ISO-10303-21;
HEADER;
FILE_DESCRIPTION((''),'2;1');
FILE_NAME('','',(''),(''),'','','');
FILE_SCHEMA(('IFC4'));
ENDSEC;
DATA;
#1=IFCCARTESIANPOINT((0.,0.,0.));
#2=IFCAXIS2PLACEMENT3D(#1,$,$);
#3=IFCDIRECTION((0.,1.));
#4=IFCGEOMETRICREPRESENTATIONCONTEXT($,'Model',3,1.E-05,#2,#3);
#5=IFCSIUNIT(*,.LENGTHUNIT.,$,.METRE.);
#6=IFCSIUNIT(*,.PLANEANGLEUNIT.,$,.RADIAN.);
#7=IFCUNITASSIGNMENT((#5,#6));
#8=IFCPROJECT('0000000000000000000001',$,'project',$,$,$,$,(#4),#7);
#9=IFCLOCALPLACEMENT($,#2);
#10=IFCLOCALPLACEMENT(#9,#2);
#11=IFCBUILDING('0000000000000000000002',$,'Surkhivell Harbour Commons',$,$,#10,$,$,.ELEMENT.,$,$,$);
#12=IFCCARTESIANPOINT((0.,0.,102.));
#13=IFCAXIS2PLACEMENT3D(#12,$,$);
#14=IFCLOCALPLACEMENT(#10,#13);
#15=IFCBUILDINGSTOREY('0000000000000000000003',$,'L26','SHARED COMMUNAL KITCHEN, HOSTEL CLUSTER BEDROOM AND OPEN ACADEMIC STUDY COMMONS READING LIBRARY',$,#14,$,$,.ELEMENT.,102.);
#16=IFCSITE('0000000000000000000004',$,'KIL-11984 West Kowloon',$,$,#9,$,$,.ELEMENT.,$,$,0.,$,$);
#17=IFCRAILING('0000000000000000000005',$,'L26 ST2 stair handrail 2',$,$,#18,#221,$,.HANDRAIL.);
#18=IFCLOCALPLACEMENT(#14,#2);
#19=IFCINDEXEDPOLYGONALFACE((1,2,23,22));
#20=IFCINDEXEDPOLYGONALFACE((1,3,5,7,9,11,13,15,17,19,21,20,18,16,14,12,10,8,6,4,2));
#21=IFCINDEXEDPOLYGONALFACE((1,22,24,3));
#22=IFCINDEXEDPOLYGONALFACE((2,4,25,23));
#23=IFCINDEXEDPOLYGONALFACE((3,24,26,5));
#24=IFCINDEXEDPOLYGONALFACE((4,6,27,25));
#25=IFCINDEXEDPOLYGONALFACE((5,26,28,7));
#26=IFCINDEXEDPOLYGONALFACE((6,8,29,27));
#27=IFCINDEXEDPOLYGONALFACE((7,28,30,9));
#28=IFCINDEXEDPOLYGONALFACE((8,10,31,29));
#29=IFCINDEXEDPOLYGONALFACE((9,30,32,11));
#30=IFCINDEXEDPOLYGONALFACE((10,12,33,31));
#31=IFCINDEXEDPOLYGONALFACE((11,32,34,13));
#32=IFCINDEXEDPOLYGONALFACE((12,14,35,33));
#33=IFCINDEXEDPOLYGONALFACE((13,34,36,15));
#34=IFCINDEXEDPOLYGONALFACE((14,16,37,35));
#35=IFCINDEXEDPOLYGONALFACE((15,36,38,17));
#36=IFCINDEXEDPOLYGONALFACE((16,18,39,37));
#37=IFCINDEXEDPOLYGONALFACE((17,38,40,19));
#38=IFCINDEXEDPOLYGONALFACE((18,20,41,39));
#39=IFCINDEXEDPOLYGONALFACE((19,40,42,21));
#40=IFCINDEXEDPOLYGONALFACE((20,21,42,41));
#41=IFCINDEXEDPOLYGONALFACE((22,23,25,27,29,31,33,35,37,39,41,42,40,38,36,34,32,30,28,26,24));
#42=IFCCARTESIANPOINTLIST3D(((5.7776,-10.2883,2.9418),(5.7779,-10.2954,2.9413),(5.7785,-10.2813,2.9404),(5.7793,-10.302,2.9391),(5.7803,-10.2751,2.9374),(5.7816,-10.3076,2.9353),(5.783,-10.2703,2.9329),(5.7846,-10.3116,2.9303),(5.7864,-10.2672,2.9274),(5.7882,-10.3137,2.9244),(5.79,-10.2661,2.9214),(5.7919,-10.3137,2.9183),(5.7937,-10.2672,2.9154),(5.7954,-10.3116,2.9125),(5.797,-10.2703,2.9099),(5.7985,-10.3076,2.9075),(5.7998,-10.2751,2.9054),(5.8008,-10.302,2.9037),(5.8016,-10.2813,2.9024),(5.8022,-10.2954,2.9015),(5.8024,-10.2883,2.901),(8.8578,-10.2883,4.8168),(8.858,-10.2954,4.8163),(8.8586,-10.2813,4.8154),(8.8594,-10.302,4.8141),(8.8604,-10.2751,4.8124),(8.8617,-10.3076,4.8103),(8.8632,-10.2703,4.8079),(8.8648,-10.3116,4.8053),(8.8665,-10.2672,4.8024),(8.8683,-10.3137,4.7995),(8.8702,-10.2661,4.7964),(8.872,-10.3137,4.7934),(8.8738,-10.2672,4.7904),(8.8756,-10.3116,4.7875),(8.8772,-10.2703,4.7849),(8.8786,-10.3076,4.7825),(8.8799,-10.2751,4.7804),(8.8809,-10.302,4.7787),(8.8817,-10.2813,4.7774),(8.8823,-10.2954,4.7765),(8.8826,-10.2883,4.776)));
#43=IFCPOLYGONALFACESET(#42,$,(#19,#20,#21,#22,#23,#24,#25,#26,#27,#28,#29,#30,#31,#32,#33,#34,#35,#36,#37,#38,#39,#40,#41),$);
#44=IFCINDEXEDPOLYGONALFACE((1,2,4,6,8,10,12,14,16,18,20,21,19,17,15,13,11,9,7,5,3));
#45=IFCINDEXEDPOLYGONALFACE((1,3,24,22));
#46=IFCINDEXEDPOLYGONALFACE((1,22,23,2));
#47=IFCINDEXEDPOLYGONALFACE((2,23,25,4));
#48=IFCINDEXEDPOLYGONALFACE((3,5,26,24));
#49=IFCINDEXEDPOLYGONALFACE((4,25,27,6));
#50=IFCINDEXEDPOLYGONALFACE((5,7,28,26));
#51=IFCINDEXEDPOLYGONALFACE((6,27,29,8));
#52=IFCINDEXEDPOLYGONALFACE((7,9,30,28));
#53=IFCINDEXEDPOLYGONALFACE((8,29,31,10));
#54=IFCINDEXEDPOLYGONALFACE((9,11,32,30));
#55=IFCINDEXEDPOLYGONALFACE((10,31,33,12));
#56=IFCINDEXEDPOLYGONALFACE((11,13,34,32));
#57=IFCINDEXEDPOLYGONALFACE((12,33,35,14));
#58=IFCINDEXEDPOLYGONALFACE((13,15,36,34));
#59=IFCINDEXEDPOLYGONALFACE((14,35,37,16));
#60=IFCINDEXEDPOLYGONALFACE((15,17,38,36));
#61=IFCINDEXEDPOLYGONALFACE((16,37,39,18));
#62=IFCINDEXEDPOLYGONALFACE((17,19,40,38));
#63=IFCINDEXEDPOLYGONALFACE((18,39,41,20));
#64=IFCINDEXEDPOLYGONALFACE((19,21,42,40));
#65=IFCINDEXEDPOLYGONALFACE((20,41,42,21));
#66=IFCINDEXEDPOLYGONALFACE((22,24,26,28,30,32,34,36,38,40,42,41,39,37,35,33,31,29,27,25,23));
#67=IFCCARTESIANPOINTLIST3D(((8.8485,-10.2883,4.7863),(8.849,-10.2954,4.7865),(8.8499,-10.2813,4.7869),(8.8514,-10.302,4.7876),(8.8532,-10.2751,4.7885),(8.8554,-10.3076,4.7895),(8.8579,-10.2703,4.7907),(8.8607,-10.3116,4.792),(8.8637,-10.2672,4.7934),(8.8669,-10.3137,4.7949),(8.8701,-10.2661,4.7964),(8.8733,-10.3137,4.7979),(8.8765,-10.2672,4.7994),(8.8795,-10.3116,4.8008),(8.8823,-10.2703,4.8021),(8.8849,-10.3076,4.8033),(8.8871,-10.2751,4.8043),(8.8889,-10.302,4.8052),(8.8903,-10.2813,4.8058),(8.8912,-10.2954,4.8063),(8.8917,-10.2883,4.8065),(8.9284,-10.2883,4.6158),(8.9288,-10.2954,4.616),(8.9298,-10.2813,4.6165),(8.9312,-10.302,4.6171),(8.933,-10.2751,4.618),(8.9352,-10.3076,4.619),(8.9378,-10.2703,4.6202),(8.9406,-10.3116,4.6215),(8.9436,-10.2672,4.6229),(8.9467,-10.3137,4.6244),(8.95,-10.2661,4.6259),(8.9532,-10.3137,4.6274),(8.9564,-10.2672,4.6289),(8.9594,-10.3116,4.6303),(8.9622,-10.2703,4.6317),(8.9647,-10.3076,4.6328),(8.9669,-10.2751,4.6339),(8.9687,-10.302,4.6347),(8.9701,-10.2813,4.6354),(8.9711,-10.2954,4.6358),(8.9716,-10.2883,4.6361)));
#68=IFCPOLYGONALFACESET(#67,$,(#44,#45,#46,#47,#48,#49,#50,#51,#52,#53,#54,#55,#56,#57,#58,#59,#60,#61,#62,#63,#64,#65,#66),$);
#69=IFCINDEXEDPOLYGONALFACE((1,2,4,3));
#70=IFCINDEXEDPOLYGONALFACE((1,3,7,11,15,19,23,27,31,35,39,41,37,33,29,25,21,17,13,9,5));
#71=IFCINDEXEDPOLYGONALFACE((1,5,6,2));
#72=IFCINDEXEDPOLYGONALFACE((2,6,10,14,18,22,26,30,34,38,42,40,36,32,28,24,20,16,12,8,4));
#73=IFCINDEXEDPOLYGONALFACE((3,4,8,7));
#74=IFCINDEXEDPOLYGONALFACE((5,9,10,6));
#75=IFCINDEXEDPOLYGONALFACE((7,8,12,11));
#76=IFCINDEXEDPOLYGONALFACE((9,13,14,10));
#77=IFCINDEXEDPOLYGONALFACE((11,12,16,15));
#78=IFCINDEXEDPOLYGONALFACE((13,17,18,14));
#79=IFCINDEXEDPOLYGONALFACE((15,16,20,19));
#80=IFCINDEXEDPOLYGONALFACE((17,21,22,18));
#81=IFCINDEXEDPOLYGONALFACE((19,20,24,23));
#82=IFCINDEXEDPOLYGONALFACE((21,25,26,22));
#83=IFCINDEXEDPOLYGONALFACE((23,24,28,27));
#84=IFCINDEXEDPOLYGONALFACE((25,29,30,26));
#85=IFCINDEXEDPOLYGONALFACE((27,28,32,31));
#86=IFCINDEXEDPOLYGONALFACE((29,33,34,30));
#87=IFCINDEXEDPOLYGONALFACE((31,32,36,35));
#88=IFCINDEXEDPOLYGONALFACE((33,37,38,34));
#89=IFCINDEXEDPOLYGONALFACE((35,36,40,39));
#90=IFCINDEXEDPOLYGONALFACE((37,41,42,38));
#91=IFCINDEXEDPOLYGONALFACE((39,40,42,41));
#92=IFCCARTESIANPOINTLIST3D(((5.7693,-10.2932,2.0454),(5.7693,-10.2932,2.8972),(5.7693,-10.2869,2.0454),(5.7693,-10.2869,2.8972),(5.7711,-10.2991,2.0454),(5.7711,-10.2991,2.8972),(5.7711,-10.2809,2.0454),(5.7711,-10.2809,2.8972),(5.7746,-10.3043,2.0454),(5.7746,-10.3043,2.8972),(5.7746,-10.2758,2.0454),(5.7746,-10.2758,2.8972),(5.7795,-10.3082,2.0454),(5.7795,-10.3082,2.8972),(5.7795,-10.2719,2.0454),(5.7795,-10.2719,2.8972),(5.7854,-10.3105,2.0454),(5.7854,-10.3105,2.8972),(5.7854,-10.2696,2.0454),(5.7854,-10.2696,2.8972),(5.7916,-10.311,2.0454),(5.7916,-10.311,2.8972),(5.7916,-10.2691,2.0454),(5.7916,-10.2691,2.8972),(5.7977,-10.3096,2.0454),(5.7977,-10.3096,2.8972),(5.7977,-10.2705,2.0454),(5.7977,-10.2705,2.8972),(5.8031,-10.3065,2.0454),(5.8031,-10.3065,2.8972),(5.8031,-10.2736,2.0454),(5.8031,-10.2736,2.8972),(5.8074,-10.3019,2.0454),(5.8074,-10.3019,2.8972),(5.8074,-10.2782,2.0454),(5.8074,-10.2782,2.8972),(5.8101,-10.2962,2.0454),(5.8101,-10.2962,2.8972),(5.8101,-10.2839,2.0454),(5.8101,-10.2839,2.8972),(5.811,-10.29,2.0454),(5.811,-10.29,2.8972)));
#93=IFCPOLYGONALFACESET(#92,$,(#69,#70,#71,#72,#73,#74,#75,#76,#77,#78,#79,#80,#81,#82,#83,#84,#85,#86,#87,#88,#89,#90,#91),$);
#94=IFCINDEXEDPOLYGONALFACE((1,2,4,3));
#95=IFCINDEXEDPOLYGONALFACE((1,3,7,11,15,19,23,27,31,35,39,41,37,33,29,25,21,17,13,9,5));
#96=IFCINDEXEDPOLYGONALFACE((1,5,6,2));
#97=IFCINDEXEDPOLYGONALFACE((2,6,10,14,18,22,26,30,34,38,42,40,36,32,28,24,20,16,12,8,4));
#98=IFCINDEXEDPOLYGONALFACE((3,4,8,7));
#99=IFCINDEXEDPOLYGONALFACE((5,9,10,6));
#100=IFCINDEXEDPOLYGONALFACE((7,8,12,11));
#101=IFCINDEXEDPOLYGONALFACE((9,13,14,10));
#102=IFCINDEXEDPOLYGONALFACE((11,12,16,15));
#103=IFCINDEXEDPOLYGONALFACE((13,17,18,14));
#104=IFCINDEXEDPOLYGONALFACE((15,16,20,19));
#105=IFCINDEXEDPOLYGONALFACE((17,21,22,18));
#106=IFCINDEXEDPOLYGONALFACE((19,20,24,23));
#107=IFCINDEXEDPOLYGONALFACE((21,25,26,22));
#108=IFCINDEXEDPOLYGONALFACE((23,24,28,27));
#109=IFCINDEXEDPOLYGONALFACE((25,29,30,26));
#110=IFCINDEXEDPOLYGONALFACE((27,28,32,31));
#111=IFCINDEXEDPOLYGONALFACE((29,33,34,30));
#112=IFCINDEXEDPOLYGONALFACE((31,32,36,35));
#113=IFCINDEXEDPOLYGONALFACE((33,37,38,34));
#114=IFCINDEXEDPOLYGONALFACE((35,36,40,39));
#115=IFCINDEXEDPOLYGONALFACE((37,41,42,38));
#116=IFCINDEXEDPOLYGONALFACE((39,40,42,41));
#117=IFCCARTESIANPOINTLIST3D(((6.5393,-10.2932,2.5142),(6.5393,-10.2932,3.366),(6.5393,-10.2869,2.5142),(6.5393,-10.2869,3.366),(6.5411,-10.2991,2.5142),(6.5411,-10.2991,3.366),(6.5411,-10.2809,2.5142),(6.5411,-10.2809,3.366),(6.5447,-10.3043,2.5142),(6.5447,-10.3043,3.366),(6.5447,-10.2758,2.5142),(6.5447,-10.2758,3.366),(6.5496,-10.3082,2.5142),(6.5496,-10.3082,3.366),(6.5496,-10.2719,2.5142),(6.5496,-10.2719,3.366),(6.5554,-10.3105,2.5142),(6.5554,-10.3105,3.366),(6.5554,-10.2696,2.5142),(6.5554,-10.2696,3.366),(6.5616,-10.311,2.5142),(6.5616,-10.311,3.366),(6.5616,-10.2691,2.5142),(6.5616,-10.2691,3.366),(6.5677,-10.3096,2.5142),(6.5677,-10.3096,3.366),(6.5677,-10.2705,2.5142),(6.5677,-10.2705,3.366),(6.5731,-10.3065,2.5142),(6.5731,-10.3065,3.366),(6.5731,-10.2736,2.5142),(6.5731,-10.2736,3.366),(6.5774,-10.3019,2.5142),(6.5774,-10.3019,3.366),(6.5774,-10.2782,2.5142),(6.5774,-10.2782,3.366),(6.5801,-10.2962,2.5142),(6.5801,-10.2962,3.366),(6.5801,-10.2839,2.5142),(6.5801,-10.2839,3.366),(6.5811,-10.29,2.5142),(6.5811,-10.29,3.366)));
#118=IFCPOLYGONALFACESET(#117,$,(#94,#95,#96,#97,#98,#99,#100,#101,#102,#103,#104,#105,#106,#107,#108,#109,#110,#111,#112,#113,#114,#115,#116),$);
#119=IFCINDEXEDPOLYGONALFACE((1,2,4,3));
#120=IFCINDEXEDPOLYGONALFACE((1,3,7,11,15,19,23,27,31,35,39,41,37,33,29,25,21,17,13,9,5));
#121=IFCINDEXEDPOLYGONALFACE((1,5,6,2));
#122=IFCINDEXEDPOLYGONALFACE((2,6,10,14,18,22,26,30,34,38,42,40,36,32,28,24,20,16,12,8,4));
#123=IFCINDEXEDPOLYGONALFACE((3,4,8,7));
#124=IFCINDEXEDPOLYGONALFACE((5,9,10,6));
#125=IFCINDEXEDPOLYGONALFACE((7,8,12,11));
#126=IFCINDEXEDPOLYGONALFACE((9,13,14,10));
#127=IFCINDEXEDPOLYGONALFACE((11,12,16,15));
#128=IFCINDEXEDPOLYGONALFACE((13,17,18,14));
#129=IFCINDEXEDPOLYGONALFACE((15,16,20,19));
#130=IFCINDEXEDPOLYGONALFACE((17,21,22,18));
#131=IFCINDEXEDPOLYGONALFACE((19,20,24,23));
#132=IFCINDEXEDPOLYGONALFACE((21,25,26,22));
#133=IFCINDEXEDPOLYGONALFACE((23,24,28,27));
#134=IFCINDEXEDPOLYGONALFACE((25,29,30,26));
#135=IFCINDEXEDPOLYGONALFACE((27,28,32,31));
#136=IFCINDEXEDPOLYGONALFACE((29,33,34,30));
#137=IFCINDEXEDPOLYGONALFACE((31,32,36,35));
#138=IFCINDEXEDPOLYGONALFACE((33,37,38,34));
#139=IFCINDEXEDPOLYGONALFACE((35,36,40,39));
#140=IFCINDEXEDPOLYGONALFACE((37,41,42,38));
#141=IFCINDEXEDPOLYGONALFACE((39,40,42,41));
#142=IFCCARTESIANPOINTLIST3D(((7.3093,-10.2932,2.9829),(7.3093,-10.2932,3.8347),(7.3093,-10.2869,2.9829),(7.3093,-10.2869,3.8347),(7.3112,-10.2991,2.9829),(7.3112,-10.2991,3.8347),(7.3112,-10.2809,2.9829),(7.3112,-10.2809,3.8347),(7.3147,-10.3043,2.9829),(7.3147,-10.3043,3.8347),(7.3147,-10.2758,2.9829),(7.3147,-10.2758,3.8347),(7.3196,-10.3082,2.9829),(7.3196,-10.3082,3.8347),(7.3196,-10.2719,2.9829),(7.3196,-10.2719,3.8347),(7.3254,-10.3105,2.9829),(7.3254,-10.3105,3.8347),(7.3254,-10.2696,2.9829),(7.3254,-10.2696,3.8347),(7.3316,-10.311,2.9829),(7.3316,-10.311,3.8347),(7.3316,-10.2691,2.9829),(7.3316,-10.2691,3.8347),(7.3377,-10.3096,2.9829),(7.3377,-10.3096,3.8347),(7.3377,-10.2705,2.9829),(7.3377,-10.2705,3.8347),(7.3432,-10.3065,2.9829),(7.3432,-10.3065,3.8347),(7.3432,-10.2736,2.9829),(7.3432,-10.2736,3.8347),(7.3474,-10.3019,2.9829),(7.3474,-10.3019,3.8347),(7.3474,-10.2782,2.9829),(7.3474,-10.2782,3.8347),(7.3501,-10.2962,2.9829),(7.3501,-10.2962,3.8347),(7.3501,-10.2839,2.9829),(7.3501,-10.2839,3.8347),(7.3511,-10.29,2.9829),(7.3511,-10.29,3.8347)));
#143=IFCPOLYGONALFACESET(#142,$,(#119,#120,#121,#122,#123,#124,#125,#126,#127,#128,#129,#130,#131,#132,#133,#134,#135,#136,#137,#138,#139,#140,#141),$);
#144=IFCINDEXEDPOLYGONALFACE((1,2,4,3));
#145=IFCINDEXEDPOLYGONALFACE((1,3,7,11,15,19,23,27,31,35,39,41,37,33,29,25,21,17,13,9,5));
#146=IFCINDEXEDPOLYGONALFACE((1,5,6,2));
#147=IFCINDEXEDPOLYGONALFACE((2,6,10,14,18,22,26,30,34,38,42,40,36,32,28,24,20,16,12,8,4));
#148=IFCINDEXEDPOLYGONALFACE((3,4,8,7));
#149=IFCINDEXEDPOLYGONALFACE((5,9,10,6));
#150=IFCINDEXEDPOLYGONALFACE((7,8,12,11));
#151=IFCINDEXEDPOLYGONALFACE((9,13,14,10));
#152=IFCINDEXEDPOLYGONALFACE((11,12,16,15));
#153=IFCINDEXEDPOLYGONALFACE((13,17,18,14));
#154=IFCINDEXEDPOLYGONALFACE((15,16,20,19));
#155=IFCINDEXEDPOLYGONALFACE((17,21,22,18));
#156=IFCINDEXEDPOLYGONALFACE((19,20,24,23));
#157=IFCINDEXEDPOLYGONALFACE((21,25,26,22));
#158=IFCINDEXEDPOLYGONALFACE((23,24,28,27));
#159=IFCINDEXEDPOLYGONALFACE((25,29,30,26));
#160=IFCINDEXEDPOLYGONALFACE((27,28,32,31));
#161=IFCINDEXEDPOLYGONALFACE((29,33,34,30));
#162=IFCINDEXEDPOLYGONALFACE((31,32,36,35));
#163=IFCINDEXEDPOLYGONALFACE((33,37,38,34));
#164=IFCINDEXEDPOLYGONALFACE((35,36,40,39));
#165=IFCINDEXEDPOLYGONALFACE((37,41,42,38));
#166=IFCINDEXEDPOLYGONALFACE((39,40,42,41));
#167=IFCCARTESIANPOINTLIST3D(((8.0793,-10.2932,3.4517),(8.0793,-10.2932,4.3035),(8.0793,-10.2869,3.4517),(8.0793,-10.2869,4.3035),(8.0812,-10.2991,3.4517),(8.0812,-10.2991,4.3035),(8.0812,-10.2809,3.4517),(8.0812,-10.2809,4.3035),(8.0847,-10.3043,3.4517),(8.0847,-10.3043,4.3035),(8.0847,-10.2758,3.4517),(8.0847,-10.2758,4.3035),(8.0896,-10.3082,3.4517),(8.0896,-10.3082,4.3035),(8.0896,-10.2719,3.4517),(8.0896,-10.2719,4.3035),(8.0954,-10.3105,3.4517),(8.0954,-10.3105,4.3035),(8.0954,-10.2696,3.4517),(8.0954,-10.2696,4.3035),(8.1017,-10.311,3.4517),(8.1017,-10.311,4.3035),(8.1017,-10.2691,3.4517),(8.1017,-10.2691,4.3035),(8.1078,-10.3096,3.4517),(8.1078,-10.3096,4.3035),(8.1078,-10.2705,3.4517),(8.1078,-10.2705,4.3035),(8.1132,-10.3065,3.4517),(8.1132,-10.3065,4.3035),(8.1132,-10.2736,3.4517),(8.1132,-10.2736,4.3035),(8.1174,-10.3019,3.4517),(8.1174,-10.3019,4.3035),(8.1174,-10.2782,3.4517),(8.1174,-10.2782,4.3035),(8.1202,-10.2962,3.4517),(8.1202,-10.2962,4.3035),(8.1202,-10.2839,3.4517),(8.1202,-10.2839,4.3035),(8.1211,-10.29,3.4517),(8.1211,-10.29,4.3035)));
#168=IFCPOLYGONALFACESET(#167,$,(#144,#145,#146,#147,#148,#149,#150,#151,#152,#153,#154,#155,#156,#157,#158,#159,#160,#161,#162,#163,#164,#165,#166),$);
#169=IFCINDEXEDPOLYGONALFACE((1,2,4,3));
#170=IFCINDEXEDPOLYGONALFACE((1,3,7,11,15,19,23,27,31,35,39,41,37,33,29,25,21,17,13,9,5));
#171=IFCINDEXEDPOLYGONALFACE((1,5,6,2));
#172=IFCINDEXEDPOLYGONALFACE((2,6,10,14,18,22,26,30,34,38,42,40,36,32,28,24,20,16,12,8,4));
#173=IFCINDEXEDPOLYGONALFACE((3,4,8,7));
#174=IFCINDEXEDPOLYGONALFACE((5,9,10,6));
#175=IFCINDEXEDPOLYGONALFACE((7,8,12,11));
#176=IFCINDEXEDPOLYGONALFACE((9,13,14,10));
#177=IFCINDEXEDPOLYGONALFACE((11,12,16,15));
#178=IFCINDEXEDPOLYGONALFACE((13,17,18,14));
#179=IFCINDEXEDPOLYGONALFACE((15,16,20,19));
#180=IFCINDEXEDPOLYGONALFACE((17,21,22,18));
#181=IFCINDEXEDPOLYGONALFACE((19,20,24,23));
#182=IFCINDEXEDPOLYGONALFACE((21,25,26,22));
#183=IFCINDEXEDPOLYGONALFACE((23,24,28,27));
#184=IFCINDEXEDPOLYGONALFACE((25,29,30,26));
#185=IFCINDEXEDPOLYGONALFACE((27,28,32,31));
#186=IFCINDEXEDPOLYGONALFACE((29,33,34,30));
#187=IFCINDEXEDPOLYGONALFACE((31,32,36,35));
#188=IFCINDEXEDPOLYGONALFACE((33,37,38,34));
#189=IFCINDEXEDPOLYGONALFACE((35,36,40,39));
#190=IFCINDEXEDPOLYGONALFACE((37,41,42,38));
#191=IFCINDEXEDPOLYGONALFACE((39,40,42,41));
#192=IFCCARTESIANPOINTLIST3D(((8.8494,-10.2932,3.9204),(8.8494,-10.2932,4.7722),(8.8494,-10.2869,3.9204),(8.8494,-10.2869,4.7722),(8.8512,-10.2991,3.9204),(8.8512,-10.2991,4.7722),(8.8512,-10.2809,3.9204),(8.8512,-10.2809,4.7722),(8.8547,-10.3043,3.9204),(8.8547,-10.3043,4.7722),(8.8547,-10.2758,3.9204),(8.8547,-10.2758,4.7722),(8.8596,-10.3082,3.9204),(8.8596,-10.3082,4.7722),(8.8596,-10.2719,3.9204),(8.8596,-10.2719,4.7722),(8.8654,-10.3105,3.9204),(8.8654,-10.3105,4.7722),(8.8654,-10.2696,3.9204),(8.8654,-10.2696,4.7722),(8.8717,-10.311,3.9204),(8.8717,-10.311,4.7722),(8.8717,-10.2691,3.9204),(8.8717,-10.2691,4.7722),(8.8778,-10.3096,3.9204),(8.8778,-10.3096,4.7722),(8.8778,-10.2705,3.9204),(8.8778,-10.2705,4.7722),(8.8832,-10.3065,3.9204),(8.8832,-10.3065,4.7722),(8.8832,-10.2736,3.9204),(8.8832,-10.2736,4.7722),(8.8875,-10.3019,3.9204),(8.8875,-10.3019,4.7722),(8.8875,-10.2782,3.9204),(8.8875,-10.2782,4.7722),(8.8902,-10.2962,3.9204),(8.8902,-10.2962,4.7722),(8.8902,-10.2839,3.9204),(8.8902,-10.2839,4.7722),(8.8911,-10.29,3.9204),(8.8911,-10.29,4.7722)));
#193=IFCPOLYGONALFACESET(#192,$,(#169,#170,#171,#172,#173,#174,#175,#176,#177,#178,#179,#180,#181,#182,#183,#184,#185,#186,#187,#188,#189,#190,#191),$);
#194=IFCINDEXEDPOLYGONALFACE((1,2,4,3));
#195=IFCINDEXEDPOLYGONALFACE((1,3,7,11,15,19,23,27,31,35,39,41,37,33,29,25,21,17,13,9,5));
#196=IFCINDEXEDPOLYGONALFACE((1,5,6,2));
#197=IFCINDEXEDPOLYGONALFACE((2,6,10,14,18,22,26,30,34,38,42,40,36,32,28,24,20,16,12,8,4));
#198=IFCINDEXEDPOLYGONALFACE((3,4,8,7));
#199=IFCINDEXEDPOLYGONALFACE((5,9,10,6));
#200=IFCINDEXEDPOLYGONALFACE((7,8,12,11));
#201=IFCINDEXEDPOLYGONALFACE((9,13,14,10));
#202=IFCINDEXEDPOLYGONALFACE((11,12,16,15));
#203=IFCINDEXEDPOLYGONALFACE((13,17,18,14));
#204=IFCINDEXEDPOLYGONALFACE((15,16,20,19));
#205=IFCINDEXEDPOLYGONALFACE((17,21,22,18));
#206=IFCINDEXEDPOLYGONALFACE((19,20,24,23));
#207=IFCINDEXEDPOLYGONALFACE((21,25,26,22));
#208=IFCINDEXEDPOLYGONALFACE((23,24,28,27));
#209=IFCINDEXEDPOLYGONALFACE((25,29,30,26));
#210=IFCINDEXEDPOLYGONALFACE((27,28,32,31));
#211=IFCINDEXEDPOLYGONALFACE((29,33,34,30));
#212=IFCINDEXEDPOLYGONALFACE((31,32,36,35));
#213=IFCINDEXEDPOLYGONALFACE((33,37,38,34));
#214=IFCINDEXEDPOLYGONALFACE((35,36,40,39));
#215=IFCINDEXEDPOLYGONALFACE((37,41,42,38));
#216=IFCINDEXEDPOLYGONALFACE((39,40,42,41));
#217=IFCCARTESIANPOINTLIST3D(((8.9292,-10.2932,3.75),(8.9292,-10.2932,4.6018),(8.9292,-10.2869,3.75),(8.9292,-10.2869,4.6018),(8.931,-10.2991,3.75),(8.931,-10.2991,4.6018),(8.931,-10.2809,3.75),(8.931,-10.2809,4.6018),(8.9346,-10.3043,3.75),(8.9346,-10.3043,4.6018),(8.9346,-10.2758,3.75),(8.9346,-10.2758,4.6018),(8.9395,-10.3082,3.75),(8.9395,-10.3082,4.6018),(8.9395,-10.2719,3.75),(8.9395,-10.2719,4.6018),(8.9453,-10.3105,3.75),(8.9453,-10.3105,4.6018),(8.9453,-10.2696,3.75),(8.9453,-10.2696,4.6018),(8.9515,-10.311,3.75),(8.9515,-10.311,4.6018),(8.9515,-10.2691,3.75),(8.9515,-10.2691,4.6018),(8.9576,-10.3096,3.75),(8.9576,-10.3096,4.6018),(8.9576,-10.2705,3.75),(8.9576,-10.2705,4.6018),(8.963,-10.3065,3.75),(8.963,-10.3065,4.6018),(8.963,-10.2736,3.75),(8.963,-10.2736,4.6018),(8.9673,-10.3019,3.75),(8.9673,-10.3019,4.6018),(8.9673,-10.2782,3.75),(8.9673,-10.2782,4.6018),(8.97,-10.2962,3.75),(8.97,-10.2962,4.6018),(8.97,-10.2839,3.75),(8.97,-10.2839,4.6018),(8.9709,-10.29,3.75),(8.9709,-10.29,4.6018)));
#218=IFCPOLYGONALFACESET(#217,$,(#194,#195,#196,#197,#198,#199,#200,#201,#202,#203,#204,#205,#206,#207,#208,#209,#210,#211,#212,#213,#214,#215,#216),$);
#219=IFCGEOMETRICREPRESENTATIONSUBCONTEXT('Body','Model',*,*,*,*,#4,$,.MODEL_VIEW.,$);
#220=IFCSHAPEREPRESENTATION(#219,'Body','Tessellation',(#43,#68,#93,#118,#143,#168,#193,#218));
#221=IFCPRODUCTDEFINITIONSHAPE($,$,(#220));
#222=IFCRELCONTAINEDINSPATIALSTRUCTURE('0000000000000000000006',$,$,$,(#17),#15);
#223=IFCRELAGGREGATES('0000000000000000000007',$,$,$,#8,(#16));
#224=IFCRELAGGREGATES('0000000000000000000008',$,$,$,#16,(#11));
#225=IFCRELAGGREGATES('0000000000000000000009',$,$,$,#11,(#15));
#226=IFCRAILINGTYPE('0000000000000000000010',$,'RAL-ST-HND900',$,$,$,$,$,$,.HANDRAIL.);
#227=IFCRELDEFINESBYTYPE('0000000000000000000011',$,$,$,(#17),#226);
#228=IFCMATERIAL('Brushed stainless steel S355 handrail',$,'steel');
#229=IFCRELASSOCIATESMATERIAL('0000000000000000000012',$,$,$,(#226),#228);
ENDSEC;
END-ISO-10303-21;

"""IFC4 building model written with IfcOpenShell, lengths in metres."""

from ifc_helpers import new_model, si_unit, direction, frame, origin, origin_2d, place, context, subcontext, project, spatial, circle, extrude, material, type_object, element, save


model = new_model("IFC4")

# Units and contexts
model_context = context("Model", 3, precision=1e-05, world=origin(), true_north=direction((0.0, 1.0)))
body_context = subcontext(model_context, "Body", "Model", "MODEL_VIEW")
ifc_project = project(units=[si_unit("LENGTHUNIT", "METRE"), si_unit("PLANEANGLEUNIT", "RADIAN")], contexts=[model_context])

# Site, building, storey
site_placement = place(None, origin())
site = spatial("IfcSite", under=ifc_project, at=site_placement, Name="KIL-11984 West Kowloon", CompositionType="ELEMENT", RefElevation=0.0)
building_placement = place(site_placement, origin())
building = spatial("IfcBuilding", under=site, at=building_placement, Name="Surkhivell Harbour Commons", CompositionType="ELEMENT")
storey_placement = place(building_placement, frame((0.0, 0.0, 102.0)))
storey = spatial("IfcBuildingStorey", under=building, at=storey_placement, Name="L26", Description="SHARED COMMUNAL KITCHEN, HOSTEL CLUSTER BEDROOM AND OPEN ACADEMIC STUDY COMMONS READING LIBRARY", CompositionType="ELEMENT", Elevation=102.0)

# Railing
ifc_material_1 = material(Name="Brushed stainless steel S355 handrail", Category="steel")
railing_type_1 = type_object("IfcRailingType", Name="RAL-ST-HND900", PredefinedType="HANDRAIL", material=ifc_material_1)
railing_1_placement = place(storey_placement, frame((5.79, -10.29, 2.0454)))
element("IfcRailing", 1, at=railing_1_placement, inside=storey, type_object=railing_type_1, Name="L26 ST2 stair handrail 2", PredefinedType="HANDRAIL", context=body_context, shape_type="SweptSolid", body=[
    extrude(circle(Radius=0.0239, at=origin_2d()), frame((0.0, 0.0, 0.876), z_axis=(0.854178, 0.0, 0.519981), x_axis=(0.0, 1.0, 0.0)), (0.0, 0.0, 1.0), 3.606),
    extrude(circle(Radius=0.0239, at=origin_2d()), frame((3.0801, 0.0, 2.751), z_axis=(0.424234, 0.0, -0.905552), x_axis=(0.0, 1.0, 0.0)), (0.0, 0.0, 1.0), 0.1882),
    extrude(circle(Radius=0.021, at=origin_2d()), origin(), (0.0, 0.0, 1.0), 0.8518),
    extrude(circle(Radius=0.021, at=origin_2d()), frame((0.77, 0.0, 0.4688)), (0.0, 0.0, 1.0), 0.8518),
    extrude(circle(Radius=0.021, at=origin_2d()), frame((1.54, 0.0, 0.9375)), (0.0, 0.0, 1.0), 0.8518),
    extrude(circle(Radius=0.021, at=origin_2d()), frame((2.3101, 0.0, 1.4062)), (0.0, 0.0, 1.0), 0.8518),
    extrude(circle(Radius=0.021, at=origin_2d()), frame((3.0801, 0.0, 1.875)), (0.0, 0.0, 1.0), 0.8518),
    extrude(circle(Radius=0.021, at=origin_2d()), frame((3.1599, 0.0, 1.7046)), (0.0, 0.0, 1.0), 0.8518),
])

save(model, "model.ifc")
